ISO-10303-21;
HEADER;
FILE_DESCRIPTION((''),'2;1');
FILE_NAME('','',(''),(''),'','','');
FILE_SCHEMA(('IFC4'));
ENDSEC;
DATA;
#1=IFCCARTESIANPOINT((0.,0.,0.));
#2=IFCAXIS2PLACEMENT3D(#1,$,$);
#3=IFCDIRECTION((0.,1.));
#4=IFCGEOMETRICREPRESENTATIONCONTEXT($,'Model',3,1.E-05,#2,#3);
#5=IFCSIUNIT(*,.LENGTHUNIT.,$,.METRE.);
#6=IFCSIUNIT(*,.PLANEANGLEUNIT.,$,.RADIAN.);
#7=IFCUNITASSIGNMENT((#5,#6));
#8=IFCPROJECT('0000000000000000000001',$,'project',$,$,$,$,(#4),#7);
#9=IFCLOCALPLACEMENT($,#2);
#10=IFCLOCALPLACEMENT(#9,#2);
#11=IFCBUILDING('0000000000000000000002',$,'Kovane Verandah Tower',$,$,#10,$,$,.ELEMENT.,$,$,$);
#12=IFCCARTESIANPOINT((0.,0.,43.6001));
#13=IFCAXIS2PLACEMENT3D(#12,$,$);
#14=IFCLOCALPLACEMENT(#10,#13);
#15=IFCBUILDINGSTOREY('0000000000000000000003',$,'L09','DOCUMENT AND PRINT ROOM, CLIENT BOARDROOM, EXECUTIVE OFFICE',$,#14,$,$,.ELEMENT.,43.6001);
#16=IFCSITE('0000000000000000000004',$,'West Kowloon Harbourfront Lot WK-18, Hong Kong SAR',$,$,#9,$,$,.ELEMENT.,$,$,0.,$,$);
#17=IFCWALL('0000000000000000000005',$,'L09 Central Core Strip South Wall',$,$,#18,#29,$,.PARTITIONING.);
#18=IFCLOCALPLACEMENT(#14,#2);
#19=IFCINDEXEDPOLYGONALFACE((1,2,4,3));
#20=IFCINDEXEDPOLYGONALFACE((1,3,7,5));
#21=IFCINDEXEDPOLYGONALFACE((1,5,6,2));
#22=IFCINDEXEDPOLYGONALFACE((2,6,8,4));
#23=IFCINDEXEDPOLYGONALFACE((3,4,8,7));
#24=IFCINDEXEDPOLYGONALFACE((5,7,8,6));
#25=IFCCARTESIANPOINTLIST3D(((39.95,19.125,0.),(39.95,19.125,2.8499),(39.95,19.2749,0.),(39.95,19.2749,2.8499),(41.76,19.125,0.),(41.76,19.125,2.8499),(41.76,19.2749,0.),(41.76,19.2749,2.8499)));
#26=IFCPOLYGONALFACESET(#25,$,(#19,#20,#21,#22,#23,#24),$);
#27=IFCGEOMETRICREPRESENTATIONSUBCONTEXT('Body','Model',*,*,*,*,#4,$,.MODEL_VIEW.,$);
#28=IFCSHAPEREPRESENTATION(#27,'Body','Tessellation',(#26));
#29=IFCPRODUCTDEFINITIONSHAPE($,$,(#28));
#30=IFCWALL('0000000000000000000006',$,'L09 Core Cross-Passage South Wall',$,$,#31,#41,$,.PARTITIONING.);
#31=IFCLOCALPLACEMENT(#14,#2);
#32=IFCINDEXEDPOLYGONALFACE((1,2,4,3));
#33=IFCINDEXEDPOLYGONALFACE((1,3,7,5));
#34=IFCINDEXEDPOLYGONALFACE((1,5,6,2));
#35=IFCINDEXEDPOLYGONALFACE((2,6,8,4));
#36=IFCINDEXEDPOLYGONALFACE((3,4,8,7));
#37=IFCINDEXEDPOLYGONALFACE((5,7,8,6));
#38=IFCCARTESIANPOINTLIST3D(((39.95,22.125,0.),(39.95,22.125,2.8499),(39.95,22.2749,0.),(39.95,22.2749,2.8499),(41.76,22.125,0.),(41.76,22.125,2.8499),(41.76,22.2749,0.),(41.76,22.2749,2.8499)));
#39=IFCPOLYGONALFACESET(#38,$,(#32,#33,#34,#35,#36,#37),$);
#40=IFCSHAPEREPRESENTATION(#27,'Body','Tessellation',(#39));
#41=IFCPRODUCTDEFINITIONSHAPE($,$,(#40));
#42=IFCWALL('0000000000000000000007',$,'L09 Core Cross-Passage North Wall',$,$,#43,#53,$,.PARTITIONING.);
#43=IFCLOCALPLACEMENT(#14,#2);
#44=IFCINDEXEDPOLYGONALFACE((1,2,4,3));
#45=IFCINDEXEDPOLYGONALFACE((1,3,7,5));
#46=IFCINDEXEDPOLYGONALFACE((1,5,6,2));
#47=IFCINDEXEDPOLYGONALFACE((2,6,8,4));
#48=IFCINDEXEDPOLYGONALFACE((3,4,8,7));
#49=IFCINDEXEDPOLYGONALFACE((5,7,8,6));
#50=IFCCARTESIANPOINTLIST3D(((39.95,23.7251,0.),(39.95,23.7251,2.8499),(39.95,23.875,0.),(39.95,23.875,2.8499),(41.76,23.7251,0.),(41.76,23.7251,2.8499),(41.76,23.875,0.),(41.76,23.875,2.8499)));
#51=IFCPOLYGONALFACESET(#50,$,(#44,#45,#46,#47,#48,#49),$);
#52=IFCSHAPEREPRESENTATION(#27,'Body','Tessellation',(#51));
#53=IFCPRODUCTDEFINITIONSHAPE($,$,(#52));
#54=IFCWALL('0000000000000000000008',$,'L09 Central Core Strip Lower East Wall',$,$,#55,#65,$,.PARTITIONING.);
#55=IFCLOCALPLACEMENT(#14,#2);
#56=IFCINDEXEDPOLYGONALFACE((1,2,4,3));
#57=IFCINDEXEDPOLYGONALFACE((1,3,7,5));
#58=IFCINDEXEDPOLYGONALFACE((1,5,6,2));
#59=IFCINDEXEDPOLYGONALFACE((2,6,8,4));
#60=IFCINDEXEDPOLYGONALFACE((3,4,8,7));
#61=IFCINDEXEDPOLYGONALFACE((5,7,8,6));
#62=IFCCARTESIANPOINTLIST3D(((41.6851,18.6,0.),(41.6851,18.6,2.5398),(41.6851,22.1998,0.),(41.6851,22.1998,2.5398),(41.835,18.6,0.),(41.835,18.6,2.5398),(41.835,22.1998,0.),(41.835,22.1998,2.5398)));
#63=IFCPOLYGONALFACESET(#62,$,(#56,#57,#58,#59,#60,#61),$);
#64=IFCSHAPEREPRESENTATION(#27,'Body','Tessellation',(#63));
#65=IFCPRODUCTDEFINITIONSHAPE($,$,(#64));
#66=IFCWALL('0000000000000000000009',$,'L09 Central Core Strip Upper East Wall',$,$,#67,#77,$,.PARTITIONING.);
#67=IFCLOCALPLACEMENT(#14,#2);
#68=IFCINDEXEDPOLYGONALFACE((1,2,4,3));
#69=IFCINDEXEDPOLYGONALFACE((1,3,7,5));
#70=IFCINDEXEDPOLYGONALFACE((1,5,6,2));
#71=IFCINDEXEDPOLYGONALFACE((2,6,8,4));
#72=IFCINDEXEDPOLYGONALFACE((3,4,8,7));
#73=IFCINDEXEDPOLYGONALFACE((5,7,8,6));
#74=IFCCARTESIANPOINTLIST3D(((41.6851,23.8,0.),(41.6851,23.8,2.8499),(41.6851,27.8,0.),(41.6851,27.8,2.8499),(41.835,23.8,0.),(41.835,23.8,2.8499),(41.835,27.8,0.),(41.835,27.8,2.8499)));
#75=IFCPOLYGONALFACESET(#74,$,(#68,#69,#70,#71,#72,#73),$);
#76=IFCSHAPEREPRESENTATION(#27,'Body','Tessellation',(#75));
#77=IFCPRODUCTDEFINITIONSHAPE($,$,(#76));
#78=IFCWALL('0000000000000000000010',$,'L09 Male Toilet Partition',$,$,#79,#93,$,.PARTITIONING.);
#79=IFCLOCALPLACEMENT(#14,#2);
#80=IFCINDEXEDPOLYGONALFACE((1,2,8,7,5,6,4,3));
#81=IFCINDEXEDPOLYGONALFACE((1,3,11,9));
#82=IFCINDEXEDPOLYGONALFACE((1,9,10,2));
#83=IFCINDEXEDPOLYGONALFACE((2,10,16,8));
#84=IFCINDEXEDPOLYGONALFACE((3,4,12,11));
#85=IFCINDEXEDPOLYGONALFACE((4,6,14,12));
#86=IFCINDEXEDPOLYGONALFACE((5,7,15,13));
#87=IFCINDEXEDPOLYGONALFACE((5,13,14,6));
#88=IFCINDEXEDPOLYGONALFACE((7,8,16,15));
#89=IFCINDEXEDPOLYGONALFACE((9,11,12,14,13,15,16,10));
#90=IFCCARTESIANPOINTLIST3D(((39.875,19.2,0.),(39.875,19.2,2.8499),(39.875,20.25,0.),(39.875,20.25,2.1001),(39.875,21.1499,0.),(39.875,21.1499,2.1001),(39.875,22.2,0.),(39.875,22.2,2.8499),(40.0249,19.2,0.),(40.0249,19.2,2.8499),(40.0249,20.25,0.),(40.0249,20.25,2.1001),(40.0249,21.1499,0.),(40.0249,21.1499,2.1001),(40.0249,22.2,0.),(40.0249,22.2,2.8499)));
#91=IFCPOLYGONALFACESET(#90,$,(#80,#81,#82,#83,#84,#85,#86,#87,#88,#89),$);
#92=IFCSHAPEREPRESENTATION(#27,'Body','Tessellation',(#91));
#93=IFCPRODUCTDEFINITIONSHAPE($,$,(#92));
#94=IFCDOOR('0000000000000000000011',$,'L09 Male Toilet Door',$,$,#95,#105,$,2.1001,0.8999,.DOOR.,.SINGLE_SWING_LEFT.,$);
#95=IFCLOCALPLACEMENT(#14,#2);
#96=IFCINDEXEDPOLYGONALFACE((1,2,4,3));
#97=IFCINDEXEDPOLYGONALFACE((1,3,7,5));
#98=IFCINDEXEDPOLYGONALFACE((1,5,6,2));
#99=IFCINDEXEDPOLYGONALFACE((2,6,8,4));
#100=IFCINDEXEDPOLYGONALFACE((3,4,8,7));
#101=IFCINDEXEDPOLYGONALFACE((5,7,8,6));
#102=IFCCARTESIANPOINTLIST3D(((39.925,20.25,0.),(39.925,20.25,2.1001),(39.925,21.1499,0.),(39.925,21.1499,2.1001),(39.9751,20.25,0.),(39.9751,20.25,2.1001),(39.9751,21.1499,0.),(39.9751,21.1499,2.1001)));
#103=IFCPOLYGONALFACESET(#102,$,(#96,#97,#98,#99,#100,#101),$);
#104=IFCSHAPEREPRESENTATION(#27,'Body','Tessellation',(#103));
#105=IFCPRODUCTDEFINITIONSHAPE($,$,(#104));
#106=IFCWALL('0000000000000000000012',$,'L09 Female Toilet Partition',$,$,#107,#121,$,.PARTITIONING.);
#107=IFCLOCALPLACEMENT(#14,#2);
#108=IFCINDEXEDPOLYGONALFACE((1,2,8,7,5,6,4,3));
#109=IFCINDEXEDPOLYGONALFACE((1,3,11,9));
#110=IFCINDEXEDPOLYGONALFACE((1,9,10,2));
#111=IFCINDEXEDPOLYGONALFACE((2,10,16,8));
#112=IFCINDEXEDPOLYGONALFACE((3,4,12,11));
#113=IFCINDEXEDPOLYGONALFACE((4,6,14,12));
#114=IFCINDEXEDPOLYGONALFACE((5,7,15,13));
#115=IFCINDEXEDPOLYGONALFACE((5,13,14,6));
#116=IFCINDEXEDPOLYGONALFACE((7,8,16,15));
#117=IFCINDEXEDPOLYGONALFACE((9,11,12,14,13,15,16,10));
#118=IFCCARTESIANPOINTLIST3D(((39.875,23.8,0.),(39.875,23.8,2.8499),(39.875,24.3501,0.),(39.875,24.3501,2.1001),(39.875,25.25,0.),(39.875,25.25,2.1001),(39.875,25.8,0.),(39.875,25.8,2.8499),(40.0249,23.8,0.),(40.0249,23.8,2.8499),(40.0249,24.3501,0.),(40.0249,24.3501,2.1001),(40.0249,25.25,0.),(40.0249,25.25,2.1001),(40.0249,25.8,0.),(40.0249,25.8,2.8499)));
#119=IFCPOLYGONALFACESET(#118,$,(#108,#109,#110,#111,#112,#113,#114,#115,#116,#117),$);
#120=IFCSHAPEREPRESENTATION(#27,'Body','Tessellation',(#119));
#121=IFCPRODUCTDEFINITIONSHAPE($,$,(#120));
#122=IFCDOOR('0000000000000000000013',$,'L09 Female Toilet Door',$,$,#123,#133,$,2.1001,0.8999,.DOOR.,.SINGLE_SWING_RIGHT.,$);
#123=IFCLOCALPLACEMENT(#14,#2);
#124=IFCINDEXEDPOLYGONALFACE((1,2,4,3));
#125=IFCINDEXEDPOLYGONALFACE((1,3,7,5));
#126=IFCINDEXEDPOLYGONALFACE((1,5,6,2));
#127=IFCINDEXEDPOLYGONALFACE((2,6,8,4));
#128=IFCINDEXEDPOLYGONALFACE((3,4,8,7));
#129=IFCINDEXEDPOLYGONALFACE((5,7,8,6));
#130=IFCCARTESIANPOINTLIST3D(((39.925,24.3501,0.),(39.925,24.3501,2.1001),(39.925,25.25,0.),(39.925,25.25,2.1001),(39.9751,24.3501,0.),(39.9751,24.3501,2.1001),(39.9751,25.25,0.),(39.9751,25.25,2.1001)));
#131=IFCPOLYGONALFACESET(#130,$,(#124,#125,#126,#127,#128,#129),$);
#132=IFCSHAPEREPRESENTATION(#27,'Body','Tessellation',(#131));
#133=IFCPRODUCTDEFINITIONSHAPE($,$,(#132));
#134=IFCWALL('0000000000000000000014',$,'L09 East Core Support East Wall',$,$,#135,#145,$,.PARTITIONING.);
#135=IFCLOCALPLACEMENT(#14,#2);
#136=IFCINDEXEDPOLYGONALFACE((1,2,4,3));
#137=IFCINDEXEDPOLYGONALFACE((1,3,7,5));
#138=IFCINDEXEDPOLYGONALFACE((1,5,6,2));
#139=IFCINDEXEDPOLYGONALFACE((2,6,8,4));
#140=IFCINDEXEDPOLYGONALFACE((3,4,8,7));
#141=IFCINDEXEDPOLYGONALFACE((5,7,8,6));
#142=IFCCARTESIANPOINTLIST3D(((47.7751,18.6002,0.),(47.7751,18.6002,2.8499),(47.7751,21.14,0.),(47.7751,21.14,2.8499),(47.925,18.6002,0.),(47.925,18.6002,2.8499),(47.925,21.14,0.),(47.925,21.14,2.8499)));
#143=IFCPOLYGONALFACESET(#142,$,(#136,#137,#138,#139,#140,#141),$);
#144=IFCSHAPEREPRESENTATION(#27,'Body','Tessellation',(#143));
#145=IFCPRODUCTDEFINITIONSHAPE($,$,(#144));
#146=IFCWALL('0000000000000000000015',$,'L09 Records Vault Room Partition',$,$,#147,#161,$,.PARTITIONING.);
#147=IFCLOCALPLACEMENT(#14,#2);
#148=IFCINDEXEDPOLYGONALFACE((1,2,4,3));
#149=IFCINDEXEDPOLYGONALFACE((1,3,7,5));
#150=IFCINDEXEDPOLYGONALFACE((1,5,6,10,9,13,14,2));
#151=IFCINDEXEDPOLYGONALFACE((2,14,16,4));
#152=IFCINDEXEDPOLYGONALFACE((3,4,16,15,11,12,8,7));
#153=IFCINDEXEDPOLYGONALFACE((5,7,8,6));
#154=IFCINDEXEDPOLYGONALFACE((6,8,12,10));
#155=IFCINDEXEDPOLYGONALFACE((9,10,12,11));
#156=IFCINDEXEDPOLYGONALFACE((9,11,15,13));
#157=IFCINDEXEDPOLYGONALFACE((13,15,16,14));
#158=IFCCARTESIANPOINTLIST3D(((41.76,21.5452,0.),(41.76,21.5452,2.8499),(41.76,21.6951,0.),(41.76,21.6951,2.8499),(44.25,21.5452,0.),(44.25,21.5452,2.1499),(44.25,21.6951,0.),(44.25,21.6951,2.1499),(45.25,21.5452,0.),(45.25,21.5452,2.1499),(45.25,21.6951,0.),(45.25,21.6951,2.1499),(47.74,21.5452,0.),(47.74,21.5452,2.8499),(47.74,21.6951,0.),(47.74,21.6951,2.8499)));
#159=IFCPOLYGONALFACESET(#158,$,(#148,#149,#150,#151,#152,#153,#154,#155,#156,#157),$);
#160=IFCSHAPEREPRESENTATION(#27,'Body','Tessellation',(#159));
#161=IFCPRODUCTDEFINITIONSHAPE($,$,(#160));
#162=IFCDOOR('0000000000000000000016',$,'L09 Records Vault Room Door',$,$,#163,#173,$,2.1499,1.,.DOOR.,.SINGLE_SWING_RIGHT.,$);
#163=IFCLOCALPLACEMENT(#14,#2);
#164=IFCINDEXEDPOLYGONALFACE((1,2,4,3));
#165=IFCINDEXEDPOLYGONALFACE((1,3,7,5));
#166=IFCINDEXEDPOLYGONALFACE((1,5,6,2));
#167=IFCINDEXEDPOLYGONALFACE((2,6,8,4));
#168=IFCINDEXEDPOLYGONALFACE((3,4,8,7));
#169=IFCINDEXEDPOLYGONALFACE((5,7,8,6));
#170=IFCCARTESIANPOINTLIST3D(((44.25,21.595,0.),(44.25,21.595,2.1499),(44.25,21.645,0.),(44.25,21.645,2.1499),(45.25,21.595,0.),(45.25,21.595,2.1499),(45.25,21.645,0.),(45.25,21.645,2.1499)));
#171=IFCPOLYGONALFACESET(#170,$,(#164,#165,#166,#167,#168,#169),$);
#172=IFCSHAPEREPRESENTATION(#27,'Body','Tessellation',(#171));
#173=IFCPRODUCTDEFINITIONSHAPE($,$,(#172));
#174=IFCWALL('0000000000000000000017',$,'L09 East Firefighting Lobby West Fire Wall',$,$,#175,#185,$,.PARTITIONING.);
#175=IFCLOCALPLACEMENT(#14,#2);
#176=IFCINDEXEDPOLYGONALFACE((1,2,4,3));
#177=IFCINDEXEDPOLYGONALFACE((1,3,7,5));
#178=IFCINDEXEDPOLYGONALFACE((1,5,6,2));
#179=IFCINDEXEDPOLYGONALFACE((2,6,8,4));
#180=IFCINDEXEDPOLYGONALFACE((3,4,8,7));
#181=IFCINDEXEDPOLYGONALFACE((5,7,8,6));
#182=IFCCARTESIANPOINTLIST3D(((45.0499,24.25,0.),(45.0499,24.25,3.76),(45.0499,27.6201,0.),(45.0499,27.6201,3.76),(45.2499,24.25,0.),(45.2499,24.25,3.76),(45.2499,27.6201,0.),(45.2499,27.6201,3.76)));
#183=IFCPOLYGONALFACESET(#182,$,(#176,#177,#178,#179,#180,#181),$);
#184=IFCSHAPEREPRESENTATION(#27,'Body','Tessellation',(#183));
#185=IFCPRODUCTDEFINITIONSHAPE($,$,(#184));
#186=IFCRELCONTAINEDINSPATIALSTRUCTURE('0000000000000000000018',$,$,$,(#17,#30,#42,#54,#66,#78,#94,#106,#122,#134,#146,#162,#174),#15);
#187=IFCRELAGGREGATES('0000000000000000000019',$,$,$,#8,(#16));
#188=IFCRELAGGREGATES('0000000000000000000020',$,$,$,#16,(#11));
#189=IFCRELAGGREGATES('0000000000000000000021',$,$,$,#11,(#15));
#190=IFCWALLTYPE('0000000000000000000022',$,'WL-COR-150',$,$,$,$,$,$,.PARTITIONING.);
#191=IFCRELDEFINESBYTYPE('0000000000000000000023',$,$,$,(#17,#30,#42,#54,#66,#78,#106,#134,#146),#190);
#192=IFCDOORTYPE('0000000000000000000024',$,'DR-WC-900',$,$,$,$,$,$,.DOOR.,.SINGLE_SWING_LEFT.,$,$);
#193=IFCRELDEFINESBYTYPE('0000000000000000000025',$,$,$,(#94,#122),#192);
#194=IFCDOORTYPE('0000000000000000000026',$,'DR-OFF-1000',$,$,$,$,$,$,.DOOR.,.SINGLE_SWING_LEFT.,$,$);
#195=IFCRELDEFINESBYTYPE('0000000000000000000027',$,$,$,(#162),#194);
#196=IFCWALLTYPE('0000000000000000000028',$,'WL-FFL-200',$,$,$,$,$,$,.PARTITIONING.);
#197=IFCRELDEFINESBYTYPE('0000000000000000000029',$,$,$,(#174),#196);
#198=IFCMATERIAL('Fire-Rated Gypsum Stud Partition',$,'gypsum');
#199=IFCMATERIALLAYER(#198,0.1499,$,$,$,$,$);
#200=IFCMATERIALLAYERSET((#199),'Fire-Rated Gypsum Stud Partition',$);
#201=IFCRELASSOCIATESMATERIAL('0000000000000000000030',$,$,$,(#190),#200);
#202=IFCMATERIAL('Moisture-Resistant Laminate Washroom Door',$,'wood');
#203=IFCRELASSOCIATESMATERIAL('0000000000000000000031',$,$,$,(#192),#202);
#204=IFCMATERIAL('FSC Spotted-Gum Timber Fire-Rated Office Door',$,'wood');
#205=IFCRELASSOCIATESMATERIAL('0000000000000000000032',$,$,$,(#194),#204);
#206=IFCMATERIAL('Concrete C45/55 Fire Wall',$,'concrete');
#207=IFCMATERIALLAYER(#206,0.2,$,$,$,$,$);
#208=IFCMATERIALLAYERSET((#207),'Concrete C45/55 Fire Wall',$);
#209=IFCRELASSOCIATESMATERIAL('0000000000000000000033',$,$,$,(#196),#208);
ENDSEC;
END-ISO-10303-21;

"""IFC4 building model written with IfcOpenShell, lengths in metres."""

from ifc_helpers import new_model, si_unit, direction, frame, frame_2d, origin, place, context, subcontext, project, spatial, rectangle, extrude, material, layer, layer_set, type_object, element, fill, save


model = new_model("IFC4")

# Units and contexts
model_context = context("Model", 3, precision=1e-05, world=origin(), true_north=direction((0.0, 1.0)))
body_context = subcontext(model_context, "Body", "Model", "MODEL_VIEW")
ifc_project = project(units=[si_unit("LENGTHUNIT", "METRE"), si_unit("PLANEANGLEUNIT", "RADIAN")], contexts=[model_context])

# Site, building, storey
site_placement = place(None, origin())
site = spatial("IfcSite", under=ifc_project, at=site_placement, Name="West Kowloon Harbourfront Lot WK-18, Hong Kong SAR", CompositionType="ELEMENT", RefElevation=0.0)
building_placement = place(site_placement, origin())
building = spatial("IfcBuilding", under=site, at=building_placement, Name="Kovane Verandah Tower", CompositionType="ELEMENT")
storey_placement = place(building_placement, frame((0.0, 0.0, 43.6001)))
storey = spatial("IfcBuildingStorey", under=building, at=storey_placement, Name="L09", Description="DOCUMENT AND PRINT ROOM, CLIENT BOARDROOM, EXECUTIVE OFFICE", CompositionType="ELEMENT", Elevation=43.6001)

# Walls
ifc_material_1 = material(Name="Fire-Rated Gypsum Stud Partition", Category="gypsum")
ifc_layer_1 = layer(ifc_material_1, 0.1499)
ifc_layer_set_1 = layer_set([ifc_layer_1], Name="Fire-Rated Gypsum Stud Partition")
wall_type_1 = type_object("IfcWallType", Name="WL-COR-150", PredefinedType="PARTITIONING", material=ifc_layer_set_1)
for number, where, z_axis, x_axis, name in (
    (1, (39.95, 19.2, 0.0), (0.0, 0.0, 1.0), (1.0, 0.0, 0.0), "L09 Central Core Strip South Wall"),
    (2, (39.95, 22.2, 0.0), (0.0, 0.0, 1.0), (1.0, 0.0, 0.0), "L09 Core Cross-Passage South Wall"),
    (3, (39.95, 23.8, 0.0), (0.0, 0.0, 1.0), (1.0, 0.0, 0.0), "L09 Core Cross-Passage North Wall"),
):
    element("IfcWall", number, at=place(storey_placement, frame(where, z_axis=z_axis, x_axis=x_axis)), inside=storey, type_object=wall_type_1, Name=name, PredefinedType="PARTITIONING", context=body_context, shape_type="SweptSolid", body=[
        extrude(rectangle(XDim=1.8101, YDim=0.1499, at=frame_2d((0.905, 0.0))), origin(), (0.0, 0.0, 1.0), 2.8499),
    ])
wall_1_placement = place(storey_placement, frame((41.76, 18.6001, 0.0), z_axis=(0.0, 0.0, 1.0), x_axis=(0.0, 1.0, 0.0)))
element("IfcWall", 4, at=wall_1_placement, inside=storey, type_object=wall_type_1, Name="L09 Central Core Strip Lower East Wall", PredefinedType="PARTITIONING", context=body_context, shape_type="SweptSolid", body=[
    extrude(rectangle(XDim=3.5999, YDim=0.1499, at=frame_2d((1.7998, 0.0))), origin(), (0.0, 0.0, 1.0), 2.5398),
])
wall_2_placement = place(storey_placement, frame((41.76, 23.8, 0.0), z_axis=(0.0, 0.0, 1.0), x_axis=(0.0, 1.0, 0.0)))
element("IfcWall", 5, at=wall_2_placement, inside=storey, type_object=wall_type_1, Name="L09 Central Core Strip Upper East Wall", PredefinedType="PARTITIONING", context=body_context, shape_type="SweptSolid", body=[
    extrude(rectangle(XDim=4.0, YDim=0.1499, at=frame_2d((2.0, 0.0))), origin(), (0.0, 0.0, 1.0), 2.8499),
])

# Walls, openings, doors
wall_3_placement = place(storey_placement, frame((39.95, 19.2, 0.0), z_axis=(0.0, 0.0, 1.0), x_axis=(0.0, 1.0, 0.0)))
wall_3 = element("IfcWall", 6, at=wall_3_placement, inside=storey, type_object=wall_type_1, Name="L09 Male Toilet Partition", PredefinedType="PARTITIONING", context=body_context, shape_type="SweptSolid", body=[
    extrude(rectangle(XDim=3.0, YDim=0.1499, at=frame_2d((1.5, 0.0))), origin(), (0.0, 0.0, 1.0), 2.8499),
])
opening_1_placement = place(wall_3_placement, frame((1.05, 0.0, 0.0)))
opening_1 = element("IfcOpeningElement", 7, at=opening_1_placement, cuts=wall_3, PredefinedType="OPENING", context=body_context, shape_type="SweptSolid", body=[
    extrude(rectangle(XDim=0.8999, YDim=2.1001, at=frame_2d((0.45, 1.05))), frame((0.0, 0.075, 0.0), z_axis=(0.0, -1.0, 0.0), x_axis=(1.0, 0.0, 0.0)), (0.0, 0.0, 1.0), 0.1499),
])
ifc_material_2 = material(Name="Moisture-Resistant Laminate Washroom Door", Category="wood")
door_type_1 = type_object("IfcDoorType", Name="DR-WC-900", OperationType="SINGLE_SWING_LEFT", PredefinedType="DOOR", material=ifc_material_2)
door_1_placement = place(opening_1_placement, origin())
door_1 = element("IfcDoor", 8, at=door_1_placement, inside=storey, type_object=door_type_1, Name="L09 Male Toilet Door", OperationType="SINGLE_SWING_LEFT", OverallHeight=2.1001, OverallWidth=0.8999, PredefinedType="DOOR", context=body_context, shape_type="SweptSolid", body=[
    extrude(rectangle(XDim=0.8999, YDim=2.1001, at=frame_2d((0.45, 1.05))), frame((0.0, 0.0249, 0.0), z_axis=(0.0, -1.0, 0.0), x_axis=(1.0, 0.0, 0.0)), (0.0, 0.0, 1.0), 0.05),
])
fill(opening_1, door_1)
wall_4_placement = place(storey_placement, frame((39.95, 23.8, 0.0), z_axis=(0.0, 0.0, 1.0), x_axis=(0.0, 1.0, 0.0)))
wall_4 = element("IfcWall", 9, at=wall_4_placement, inside=storey, type_object=wall_type_1, Name="L09 Female Toilet Partition", PredefinedType="PARTITIONING", context=body_context, shape_type="SweptSolid", body=[
    extrude(rectangle(XDim=2.0, YDim=0.1499, at=frame_2d((1.0, 0.0))), origin(), (0.0, 0.0, 1.0), 2.8499),
])
opening_2_placement = place(wall_4_placement, frame((0.55, 0.0, 0.0)))
opening_2 = element("IfcOpeningElement", 10, at=opening_2_placement, cuts=wall_4, PredefinedType="OPENING", context=body_context, shape_type="SweptSolid", body=[
    extrude(rectangle(XDim=0.8999, YDim=2.1001, at=frame_2d((0.45, 1.05))), frame((0.0, 0.075, 0.0), z_axis=(0.0, -1.0, 0.0), x_axis=(1.0, 0.0, 0.0)), (0.0, 0.0, 1.0), 0.1499),
])
door_2_placement = place(opening_2_placement, origin())
door_2 = element("IfcDoor", 11, at=door_2_placement, inside=storey, type_object=door_type_1, Name="L09 Female Toilet Door", OperationType="SINGLE_SWING_RIGHT", OverallHeight=2.1001, OverallWidth=0.8999, PredefinedType="DOOR", context=body_context, shape_type="SweptSolid", body=[
    extrude(rectangle(XDim=0.8999, YDim=2.1001, at=frame_2d((0.45, 1.05))), frame((0.0, 0.0249, 0.0), z_axis=(0.0, -1.0, 0.0), x_axis=(1.0, 0.0, 0.0)), (0.0, 0.0, 1.0), 0.05),
])
fill(opening_2, door_2)

# Wall
wall_5_placement = place(storey_placement, frame((47.8501, 18.6001, 0.0), z_axis=(0.0, 0.0, 1.0), x_axis=(0.0, 1.0, 0.0)))
element("IfcWall", 12, at=wall_5_placement, inside=storey, type_object=wall_type_1, Name="L09 East Core Support East Wall", PredefinedType="PARTITIONING", context=body_context, shape_type="SweptSolid", body=[
    extrude(rectangle(XDim=2.5398, YDim=0.1499, at=frame_2d((1.27, 0.0))), origin(), (0.0, 0.0, 1.0), 2.8499),
])

# Wall, opening, door
wall_6_placement = place(storey_placement, frame((41.76, 21.6201, 0.0), z_axis=(0.0, 0.0, 1.0), x_axis=(1.0, 0.0, 0.0)))
wall_6 = element("IfcWall", 13, at=wall_6_placement, inside=storey, type_object=wall_type_1, Name="L09 Records Vault Room Partition", PredefinedType="PARTITIONING", context=body_context, shape_type="SweptSolid", body=[
    extrude(rectangle(XDim=5.98, YDim=0.1499, at=frame_2d((2.99, 0.0))), origin(), (0.0, 0.0, 1.0), 2.8499),
])
opening_3_placement = place(wall_6_placement, frame((2.49, 0.0, 0.0)))
opening_3 = element("IfcOpeningElement", 14, at=opening_3_placement, cuts=wall_6, PredefinedType="OPENING", context=body_context, shape_type="SweptSolid", body=[
    extrude(rectangle(XDim=1.0, YDim=2.1499, at=frame_2d((0.5, 1.075))), frame((0.0, 0.075, 0.0), z_axis=(0.0, -1.0, 0.0), x_axis=(1.0, 0.0, 0.0)), (0.0, 0.0, 1.0), 0.1499),
])
ifc_material_3 = material(Name="FSC Spotted-Gum Timber Fire-Rated Office Door", Category="wood")
door_type_2 = type_object("IfcDoorType", Name="DR-OFF-1000", OperationType="SINGLE_SWING_LEFT", PredefinedType="DOOR", material=ifc_material_3)
door_3_placement = place(opening_3_placement, origin())
door_3 = element("IfcDoor", 15, at=door_3_placement, inside=storey, type_object=door_type_2, Name="L09 Records Vault Room Door", OperationType="SINGLE_SWING_RIGHT", OverallHeight=2.1499, OverallWidth=1.0, PredefinedType="DOOR", context=body_context, shape_type="SweptSolid", body=[
    extrude(rectangle(XDim=1.0, YDim=2.1499, at=frame_2d((0.5, 1.075))), frame((0.0, 0.0249, 0.0), z_axis=(0.0, -1.0, 0.0), x_axis=(1.0, 0.0, 0.0)), (0.0, 0.0, 1.0), 0.05),
])
fill(opening_3, door_3)

# Wall
ifc_material_4 = material(Name="Concrete C45/55 Fire Wall", Category="concrete")
ifc_layer_2 = layer(ifc_material_4, 0.2)
ifc_layer_set_2 = layer_set([ifc_layer_2], Name="Concrete C45/55 Fire Wall")
wall_type_2 = type_object("IfcWallType", Name="WL-FFL-200", PredefinedType="PARTITIONING", material=ifc_layer_set_2)
wall_7_placement = place(storey_placement, frame((45.1499, 24.25, 0.0), z_axis=(0.0, 0.0, 1.0), x_axis=(0.0, 1.0, 0.0)))
element("IfcWall", 16, at=wall_7_placement, inside=storey, type_object=wall_type_2, Name="L09 East Firefighting Lobby West Fire Wall", PredefinedType="PARTITIONING", context=body_context, shape_type="SweptSolid", body=[
    extrude(rectangle(XDim=3.3701, YDim=0.2, at=frame_2d((1.6851, 0.0))), origin(), (0.0, 0.0, 1.0), 3.76),
])

save(model, "model.ifc")
